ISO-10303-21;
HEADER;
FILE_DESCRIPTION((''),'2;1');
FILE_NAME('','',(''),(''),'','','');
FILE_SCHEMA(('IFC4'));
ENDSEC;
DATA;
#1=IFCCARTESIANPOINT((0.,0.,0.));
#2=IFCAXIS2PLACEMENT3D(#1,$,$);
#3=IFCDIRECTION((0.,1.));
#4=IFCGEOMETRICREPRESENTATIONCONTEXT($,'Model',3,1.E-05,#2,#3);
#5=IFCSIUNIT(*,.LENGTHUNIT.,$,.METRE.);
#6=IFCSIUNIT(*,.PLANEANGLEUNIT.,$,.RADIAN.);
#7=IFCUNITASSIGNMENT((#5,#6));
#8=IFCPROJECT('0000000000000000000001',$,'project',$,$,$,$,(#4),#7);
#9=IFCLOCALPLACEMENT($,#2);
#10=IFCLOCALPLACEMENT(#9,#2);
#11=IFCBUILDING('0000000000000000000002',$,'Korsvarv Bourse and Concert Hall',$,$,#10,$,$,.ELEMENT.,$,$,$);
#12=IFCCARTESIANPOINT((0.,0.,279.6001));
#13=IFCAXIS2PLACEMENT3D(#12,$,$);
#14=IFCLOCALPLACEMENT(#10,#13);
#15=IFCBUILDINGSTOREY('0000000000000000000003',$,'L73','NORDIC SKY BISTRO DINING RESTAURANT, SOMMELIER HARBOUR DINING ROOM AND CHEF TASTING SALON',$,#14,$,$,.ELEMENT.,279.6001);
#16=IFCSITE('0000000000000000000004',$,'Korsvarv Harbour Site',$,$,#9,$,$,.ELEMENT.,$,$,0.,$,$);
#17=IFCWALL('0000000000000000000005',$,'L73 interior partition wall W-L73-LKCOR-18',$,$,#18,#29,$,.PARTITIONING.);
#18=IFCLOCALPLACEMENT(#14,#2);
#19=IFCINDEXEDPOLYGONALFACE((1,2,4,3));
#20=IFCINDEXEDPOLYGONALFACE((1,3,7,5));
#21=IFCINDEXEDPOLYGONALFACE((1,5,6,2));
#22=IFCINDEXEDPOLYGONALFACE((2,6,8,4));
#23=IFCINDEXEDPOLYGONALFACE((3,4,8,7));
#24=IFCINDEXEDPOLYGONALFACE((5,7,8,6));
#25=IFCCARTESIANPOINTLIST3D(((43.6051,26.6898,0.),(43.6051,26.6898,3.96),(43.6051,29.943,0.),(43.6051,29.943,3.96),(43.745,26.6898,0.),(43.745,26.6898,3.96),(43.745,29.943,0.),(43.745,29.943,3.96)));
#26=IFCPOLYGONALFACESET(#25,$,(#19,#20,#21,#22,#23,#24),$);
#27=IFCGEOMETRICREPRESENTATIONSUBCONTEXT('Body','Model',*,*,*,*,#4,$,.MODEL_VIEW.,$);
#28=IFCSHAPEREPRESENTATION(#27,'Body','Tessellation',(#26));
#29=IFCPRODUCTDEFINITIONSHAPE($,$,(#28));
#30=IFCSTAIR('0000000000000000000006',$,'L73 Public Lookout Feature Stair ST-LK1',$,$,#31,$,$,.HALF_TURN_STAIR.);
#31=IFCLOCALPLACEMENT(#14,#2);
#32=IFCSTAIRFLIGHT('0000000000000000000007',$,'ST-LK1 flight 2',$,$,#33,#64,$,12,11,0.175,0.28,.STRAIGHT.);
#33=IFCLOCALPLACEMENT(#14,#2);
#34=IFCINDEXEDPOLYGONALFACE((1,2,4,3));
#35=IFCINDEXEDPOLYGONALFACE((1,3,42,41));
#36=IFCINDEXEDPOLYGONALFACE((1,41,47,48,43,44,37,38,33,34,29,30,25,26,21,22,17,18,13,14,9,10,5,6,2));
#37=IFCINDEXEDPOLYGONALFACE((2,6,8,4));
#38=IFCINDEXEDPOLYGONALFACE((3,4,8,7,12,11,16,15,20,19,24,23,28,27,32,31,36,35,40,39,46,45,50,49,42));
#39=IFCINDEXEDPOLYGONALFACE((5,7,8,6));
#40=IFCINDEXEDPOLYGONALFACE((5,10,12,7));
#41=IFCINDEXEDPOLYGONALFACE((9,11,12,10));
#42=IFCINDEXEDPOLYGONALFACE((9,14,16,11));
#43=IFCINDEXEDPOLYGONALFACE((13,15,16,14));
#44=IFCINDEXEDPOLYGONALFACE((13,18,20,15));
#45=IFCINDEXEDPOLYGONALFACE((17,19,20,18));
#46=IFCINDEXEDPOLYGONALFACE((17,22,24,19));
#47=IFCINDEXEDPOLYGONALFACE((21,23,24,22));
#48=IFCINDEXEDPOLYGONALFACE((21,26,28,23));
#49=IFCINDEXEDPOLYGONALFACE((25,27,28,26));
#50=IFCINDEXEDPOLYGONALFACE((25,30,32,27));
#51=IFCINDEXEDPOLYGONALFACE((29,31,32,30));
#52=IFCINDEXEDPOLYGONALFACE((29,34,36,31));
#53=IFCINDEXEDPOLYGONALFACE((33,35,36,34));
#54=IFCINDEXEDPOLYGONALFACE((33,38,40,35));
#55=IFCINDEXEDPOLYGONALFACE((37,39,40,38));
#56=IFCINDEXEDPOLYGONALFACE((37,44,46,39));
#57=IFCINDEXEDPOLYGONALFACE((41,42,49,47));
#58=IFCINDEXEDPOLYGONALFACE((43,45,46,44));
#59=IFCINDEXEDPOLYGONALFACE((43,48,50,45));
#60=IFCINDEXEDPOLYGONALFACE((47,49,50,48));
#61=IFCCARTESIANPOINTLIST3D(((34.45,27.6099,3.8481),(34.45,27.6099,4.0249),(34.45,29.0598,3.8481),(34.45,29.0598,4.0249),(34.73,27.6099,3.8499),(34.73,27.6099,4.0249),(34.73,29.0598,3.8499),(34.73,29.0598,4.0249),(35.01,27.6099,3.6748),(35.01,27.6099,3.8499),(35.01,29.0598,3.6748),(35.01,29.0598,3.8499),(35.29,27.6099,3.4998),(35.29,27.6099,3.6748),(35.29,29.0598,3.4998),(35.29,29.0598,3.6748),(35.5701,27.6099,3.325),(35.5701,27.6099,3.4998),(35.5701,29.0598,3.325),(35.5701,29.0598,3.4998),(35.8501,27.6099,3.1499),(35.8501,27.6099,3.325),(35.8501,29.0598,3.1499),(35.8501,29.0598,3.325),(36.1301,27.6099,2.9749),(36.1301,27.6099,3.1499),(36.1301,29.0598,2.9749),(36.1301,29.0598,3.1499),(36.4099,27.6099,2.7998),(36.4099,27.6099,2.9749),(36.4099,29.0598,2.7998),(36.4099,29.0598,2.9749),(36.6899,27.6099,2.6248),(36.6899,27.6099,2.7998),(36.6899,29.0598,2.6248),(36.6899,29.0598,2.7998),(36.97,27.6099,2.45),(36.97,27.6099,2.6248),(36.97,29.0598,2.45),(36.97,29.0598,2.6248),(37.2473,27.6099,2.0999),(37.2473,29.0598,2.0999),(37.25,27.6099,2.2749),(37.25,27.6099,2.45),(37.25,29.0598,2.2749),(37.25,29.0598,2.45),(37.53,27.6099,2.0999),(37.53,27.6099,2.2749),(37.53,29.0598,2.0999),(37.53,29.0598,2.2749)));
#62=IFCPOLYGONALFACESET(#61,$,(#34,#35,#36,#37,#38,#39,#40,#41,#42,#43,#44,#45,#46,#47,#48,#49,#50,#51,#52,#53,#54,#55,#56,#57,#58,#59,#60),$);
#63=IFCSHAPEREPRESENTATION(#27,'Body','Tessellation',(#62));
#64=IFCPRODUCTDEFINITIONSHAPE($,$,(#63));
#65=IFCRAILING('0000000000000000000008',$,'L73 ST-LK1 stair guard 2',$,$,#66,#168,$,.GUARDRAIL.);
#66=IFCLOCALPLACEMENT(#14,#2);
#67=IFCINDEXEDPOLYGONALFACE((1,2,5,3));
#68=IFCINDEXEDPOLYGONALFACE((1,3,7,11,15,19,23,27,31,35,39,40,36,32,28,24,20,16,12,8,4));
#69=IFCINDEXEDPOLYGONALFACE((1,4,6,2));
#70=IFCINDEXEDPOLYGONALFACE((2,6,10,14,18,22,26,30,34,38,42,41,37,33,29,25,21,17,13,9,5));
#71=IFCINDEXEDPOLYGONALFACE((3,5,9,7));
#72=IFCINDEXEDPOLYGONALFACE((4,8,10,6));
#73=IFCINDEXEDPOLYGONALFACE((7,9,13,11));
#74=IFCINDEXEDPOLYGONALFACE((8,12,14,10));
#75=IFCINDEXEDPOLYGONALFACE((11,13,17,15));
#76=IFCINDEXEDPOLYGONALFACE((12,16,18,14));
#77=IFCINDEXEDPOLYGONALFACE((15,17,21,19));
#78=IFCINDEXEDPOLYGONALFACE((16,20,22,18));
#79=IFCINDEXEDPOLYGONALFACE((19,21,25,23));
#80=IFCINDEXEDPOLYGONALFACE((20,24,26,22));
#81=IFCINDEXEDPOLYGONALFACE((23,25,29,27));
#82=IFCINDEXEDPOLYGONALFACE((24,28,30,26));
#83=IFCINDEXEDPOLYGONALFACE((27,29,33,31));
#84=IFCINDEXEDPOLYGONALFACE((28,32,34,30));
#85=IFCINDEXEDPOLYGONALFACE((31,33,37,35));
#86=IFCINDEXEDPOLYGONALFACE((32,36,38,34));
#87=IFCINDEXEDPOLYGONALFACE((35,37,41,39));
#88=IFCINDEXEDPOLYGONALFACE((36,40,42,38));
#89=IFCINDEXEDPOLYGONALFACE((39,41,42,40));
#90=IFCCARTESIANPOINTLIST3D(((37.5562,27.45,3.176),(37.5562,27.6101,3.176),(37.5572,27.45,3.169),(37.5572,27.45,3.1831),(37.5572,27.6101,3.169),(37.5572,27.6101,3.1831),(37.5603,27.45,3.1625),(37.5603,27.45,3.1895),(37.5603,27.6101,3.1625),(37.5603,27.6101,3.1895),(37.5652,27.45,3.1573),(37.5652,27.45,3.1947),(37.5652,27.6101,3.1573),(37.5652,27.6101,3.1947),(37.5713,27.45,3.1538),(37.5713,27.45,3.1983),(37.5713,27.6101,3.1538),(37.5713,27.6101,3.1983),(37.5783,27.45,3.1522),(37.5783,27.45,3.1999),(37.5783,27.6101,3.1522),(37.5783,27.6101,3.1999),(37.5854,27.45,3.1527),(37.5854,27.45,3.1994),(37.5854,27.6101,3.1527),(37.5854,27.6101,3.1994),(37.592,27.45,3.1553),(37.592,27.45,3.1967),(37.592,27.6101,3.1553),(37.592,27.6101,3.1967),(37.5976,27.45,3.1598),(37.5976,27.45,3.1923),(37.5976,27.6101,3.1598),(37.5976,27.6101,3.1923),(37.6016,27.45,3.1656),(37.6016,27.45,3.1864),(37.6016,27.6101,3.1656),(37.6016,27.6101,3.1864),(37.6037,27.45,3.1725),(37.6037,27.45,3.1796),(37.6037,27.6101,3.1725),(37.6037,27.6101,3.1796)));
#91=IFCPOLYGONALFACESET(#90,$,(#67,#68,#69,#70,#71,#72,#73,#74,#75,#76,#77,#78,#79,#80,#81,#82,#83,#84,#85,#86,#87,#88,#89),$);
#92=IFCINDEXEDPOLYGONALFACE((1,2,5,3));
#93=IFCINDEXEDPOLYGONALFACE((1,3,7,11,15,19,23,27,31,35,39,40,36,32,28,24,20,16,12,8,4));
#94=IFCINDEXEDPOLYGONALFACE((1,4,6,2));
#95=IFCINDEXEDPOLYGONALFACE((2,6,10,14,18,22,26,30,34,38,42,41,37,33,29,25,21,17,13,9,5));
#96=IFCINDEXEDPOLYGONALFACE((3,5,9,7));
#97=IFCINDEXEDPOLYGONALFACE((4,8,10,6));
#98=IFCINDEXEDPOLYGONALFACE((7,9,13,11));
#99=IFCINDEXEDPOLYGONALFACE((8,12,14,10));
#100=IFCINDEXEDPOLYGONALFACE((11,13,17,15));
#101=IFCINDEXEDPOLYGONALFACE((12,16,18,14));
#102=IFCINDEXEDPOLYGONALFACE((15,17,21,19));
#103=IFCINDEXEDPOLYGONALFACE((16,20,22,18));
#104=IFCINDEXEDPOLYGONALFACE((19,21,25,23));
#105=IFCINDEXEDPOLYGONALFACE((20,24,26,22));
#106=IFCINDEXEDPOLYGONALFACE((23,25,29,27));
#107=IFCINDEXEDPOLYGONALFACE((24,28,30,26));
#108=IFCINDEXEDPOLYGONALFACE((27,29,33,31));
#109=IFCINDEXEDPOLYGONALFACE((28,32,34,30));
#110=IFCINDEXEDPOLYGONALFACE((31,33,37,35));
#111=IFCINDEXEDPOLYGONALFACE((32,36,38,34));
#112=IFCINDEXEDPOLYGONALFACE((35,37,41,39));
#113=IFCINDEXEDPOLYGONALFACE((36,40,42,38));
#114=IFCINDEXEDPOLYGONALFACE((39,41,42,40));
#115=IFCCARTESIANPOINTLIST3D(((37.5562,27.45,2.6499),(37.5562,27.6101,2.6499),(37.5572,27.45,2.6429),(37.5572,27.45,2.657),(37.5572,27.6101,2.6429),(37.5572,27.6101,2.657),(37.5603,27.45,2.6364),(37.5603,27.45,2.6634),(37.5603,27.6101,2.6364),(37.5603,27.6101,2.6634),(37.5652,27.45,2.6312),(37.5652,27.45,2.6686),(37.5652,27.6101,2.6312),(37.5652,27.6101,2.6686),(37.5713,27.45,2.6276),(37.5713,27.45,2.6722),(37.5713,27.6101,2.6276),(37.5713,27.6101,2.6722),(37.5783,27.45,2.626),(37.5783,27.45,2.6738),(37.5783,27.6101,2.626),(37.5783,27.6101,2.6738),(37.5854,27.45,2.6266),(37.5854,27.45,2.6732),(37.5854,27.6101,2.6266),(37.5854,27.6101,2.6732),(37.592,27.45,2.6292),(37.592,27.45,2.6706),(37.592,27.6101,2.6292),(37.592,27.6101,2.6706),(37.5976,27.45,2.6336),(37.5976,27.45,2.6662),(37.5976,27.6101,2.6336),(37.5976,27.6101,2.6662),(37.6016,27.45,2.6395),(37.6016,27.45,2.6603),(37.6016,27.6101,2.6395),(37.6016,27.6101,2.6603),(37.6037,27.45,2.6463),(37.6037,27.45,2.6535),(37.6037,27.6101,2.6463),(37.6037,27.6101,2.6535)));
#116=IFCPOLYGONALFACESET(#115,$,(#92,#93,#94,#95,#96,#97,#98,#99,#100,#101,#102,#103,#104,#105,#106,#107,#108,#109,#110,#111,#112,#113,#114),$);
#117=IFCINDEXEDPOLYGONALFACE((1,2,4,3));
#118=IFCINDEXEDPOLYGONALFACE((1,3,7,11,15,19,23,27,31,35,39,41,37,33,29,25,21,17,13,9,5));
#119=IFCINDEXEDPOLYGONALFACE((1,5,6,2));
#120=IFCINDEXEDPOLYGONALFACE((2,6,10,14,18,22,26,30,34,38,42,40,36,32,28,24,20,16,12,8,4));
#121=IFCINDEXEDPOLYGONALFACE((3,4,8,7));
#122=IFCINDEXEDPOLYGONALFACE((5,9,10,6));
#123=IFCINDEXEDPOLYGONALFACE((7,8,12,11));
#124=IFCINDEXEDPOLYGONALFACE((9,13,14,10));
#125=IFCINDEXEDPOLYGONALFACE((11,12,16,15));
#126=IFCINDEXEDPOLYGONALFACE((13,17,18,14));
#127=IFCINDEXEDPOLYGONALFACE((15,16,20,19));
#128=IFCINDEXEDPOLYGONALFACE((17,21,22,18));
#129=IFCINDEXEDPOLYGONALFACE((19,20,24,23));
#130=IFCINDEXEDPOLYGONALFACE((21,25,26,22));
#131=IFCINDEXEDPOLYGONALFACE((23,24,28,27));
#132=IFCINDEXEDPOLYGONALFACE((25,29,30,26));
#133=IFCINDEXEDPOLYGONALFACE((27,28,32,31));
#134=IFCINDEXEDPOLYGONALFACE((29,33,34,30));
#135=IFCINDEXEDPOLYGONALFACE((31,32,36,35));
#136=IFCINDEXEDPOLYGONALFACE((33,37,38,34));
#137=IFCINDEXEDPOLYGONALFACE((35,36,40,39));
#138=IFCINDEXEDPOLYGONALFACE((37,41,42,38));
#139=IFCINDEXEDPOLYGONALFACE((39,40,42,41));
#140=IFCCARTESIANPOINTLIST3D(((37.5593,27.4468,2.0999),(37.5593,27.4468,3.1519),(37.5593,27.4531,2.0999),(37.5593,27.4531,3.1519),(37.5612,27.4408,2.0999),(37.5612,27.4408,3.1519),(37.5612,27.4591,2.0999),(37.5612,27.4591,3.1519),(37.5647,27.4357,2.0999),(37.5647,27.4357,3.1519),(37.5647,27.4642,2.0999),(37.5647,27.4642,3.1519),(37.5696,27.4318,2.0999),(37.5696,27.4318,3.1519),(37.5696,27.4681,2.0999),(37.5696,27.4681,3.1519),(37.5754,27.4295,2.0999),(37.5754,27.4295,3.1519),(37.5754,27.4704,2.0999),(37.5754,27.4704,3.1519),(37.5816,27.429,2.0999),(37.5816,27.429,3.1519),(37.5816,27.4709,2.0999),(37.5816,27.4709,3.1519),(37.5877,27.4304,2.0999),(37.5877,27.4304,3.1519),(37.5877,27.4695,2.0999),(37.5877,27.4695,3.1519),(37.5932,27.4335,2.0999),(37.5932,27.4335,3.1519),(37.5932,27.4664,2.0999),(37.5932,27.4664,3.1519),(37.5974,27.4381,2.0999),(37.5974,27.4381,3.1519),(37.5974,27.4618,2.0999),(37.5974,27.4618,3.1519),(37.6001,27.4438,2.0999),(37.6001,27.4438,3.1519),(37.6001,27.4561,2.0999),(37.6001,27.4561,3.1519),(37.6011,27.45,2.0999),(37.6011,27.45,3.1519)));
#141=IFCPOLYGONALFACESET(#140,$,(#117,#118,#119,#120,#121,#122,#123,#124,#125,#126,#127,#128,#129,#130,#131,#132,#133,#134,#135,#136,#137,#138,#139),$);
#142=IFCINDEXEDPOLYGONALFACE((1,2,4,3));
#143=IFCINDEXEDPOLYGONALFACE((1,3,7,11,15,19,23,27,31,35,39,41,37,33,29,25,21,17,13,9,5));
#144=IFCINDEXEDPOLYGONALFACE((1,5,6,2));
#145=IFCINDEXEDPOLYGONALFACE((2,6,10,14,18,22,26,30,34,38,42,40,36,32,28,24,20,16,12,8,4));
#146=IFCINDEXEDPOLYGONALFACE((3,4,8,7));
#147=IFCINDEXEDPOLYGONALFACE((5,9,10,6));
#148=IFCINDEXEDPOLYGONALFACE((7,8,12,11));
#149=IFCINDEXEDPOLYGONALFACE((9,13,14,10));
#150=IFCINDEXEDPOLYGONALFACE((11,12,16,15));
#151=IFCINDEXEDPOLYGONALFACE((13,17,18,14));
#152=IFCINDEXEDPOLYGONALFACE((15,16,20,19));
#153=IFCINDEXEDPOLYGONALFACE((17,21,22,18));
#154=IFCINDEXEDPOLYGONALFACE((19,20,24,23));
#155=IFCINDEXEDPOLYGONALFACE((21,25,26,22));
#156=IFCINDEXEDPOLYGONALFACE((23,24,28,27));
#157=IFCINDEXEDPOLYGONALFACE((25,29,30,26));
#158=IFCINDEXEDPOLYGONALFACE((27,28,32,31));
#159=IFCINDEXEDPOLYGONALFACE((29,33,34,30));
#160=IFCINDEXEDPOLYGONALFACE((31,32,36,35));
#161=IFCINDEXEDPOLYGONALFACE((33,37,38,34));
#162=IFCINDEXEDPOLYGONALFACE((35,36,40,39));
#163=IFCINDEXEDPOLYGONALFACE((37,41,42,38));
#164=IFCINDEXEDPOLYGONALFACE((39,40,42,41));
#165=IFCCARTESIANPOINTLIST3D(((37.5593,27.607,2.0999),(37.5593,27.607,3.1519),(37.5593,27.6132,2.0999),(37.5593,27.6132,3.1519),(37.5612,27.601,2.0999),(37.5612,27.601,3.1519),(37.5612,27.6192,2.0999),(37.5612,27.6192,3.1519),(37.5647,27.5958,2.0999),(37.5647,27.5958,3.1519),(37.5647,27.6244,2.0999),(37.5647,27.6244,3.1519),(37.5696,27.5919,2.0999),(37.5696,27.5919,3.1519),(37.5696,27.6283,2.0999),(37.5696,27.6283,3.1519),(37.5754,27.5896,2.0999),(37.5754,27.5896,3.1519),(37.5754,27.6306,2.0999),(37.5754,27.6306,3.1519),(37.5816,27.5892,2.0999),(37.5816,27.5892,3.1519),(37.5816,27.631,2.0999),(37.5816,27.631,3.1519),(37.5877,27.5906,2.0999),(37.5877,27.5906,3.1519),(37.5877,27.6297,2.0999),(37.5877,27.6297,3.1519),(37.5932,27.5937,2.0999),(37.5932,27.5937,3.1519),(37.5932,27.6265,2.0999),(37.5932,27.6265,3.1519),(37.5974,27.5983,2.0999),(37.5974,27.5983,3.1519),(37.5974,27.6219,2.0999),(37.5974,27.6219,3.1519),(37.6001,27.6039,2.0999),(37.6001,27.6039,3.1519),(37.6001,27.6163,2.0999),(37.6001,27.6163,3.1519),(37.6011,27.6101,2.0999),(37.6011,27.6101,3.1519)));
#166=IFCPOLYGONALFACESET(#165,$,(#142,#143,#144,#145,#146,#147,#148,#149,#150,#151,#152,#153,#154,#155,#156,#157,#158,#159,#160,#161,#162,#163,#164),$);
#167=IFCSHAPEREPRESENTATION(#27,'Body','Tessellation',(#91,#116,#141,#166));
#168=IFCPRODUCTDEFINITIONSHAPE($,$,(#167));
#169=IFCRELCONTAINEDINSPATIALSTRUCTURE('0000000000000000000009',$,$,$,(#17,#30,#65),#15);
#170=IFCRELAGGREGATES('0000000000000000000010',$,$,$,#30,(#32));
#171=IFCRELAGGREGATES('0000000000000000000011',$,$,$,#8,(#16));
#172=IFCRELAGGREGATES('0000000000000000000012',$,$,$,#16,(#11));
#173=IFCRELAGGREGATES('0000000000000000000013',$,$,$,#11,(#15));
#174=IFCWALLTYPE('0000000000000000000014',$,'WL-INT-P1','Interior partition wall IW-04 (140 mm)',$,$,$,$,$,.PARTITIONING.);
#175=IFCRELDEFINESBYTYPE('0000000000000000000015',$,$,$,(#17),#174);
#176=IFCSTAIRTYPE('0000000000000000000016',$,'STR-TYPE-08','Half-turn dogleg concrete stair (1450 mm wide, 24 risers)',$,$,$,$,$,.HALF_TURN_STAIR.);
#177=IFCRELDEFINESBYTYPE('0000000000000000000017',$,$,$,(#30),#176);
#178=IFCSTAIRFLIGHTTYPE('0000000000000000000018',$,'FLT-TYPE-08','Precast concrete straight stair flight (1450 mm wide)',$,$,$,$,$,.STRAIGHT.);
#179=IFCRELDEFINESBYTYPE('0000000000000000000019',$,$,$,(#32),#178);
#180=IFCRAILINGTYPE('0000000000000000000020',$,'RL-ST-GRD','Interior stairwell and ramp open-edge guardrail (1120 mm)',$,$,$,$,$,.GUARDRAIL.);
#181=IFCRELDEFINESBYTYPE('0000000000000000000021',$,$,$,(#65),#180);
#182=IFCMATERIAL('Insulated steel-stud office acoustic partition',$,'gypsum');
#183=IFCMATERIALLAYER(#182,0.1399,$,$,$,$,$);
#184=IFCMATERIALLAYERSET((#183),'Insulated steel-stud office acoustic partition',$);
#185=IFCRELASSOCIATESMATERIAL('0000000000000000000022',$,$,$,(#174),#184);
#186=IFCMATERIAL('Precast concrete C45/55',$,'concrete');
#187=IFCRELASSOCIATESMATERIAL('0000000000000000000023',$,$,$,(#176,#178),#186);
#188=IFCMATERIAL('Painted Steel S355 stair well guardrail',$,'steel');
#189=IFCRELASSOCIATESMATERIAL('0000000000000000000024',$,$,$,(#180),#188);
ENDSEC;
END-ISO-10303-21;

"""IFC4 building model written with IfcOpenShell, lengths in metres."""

from ifc_helpers import new_model, si_unit, direction, frame, frame_2d, origin, origin_2d, place, context, subcontext, project, spatial, polyline, rectangle, circle, outline, extrude, material, layer, layer_set, type_object, element, aggregate, save


model = new_model("IFC4")

# Units and contexts
model_context = context("Model", 3, precision=1e-05, world=origin(), true_north=direction((0.0, 1.0)))
body_context = subcontext(model_context, "Body", "Model", "MODEL_VIEW")
ifc_project = project(units=[si_unit("LENGTHUNIT", "METRE"), si_unit("PLANEANGLEUNIT", "RADIAN")], contexts=[model_context])

# Site, building, storey
site_placement = place(None, origin())
site = spatial("IfcSite", under=ifc_project, at=site_placement, Name="Korsvarv Harbour Site", CompositionType="ELEMENT", RefElevation=0.0)
building_placement = place(site_placement, origin())
building = spatial("IfcBuilding", under=site, at=building_placement, Name="Korsvarv Bourse and Concert Hall", CompositionType="ELEMENT")
storey_placement = place(building_placement, frame((0.0, 0.0, 279.6001)))
storey = spatial("IfcBuildingStorey", under=building, at=storey_placement, Name="L73", Description="NORDIC SKY BISTRO DINING RESTAURANT, SOMMELIER HARBOUR DINING ROOM AND CHEF TASTING SALON", CompositionType="ELEMENT", Elevation=279.6001)

# Wall
ifc_material_1 = material(Name="Insulated steel-stud office acoustic partition", Category="gypsum")
ifc_layer_1 = layer(ifc_material_1, 0.1399)
ifc_layer_set_1 = layer_set([ifc_layer_1], Name="Insulated steel-stud office acoustic partition")
wall_type_1 = type_object("IfcWallType", Name="WL-INT-P1", Description="Interior partition wall IW-04 (140 mm)", PredefinedType="PARTITIONING", material=ifc_layer_set_1)
wall_1_placement = place(storey_placement, frame((43.675, 26.6899, 0.0), z_axis=(0.0, 0.0, 1.0), x_axis=(0.0, 1.0, 0.0)))
element("IfcWall", 1, at=wall_1_placement, inside=storey, type_object=wall_type_1, Name="L73 interior partition wall W-L73-LKCOR-18", PredefinedType="PARTITIONING", context=body_context, shape_type="SweptSolid", body=[
    extrude(rectangle(XDim=3.2532, YDim=0.1399, at=frame_2d((1.6265, 0.0))), origin(), (0.0, 0.0, 1.0), 3.96),
])

# Stair, stair flight
ifc_material_2 = material(Name="Precast concrete C45/55", Category="concrete")
stair_type = type_object("IfcStairType", Name="STR-TYPE-08", Description="Half-turn dogleg concrete stair (1450 mm wide, 24 risers)", PredefinedType="HALF_TURN_STAIR", material=ifc_material_2)
stair_placement = place(storey_placement, origin())
stair = element("IfcStair", 2, at=stair_placement, inside=storey, type_object=stair_type, Name="L73 Public Lookout Feature Stair ST-LK1", PredefinedType="HALF_TURN_STAIR")
stair_flight_type = type_object("IfcStairFlightType", Name="FLT-TYPE-08", Description="Precast concrete straight stair flight (1450 mm wide)", PredefinedType="STRAIGHT", material=ifc_material_2)
stair_flight_placement = place(storey_placement, frame((37.53, 28.335, 2.0999), z_axis=(0.0, 0.0, 1.0), x_axis=(-1.0, 0.0, 0.0)))
stair_flight = element("IfcStairFlight", 3, at=stair_flight_placement, type_object=stair_flight_type, Name="ST-LK1 flight 2", NumberOfRisers=12, NumberOfTreads=11, PredefinedType="STRAIGHT", RiserHeight=0.175, TreadLength=0.28, context=body_context, shape_type="SweptSolid", body=[
    extrude(outline(polyline([(0.0, 0.0), (0.0, 0.175), (0.28, 0.175), (0.28, 0.3501), (0.5601, 0.3501), (0.5601, 0.5249), (0.8401, 0.5249), (0.8401, 0.7), (1.1201, 0.7), (1.1201, 0.875), (1.3999, 0.875), (1.3999, 1.05), (1.6799, 1.05), (1.6799, 1.2251), (1.96, 1.2251), (1.96, 1.3999), (2.24, 1.3999), (2.24, 1.575), (2.52, 1.575), (2.52, 1.75), (2.8, 1.75), (2.8, 1.925), (3.0801, 1.925), (3.0801, 2.1001), (3.0801, 1.7483), (0.2827, 0.0), (0.0, 0.0)])), frame((0.0, 0.7251, 0.0), z_axis=(0.0, -1.0, 0.0), x_axis=(1.0, 0.0, 0.0)), (0.0, 0.0, 1.0), 1.45),
])
aggregate(stair, [stair_flight])

# Railing
ifc_material_3 = material(Name="Painted Steel S355 stair well guardrail", Category="steel")
railing_type_1 = type_object("IfcRailingType", Name="RL-ST-GRD", Description="Interior stairwell and ramp open-edge guardrail (1120 mm)", PredefinedType="GUARDRAIL", material=ifc_material_3)
railing_1_placement = place(storey_placement, frame((37.5801, 27.45, 2.0999)))
element("IfcRailing", 4, at=railing_1_placement, inside=storey, type_object=railing_type_1, Name="L73 ST-LK1 stair guard 2", PredefinedType="GUARDRAIL", context=body_context, shape_type="SweptSolid", body=[
    extrude(circle(Radius=0.0239, at=origin_2d()), frame((0.0, 0.0, 1.0762), z_axis=(0.0, 1.0, 0.0), x_axis=(-1.0, 0.0, 0.0)), (0.0, 0.0, 1.0), 0.1602),
    extrude(circle(Radius=0.0239, at=origin_2d()), frame((0.0, 0.0, 0.55), z_axis=(0.0, 1.0, 0.0), x_axis=(-1.0, 0.0, 0.0)), (0.0, 0.0, 1.0), 0.1602),
    extrude(circle(Radius=0.021, at=origin_2d()), origin(), (0.0, 0.0, 1.0), 1.052),
    extrude(circle(Radius=0.021, at=origin_2d()), frame((0.0, 0.1602, 0.0)), (0.0, 0.0, 1.0), 1.052),
])

save(model, "model.ifc")
